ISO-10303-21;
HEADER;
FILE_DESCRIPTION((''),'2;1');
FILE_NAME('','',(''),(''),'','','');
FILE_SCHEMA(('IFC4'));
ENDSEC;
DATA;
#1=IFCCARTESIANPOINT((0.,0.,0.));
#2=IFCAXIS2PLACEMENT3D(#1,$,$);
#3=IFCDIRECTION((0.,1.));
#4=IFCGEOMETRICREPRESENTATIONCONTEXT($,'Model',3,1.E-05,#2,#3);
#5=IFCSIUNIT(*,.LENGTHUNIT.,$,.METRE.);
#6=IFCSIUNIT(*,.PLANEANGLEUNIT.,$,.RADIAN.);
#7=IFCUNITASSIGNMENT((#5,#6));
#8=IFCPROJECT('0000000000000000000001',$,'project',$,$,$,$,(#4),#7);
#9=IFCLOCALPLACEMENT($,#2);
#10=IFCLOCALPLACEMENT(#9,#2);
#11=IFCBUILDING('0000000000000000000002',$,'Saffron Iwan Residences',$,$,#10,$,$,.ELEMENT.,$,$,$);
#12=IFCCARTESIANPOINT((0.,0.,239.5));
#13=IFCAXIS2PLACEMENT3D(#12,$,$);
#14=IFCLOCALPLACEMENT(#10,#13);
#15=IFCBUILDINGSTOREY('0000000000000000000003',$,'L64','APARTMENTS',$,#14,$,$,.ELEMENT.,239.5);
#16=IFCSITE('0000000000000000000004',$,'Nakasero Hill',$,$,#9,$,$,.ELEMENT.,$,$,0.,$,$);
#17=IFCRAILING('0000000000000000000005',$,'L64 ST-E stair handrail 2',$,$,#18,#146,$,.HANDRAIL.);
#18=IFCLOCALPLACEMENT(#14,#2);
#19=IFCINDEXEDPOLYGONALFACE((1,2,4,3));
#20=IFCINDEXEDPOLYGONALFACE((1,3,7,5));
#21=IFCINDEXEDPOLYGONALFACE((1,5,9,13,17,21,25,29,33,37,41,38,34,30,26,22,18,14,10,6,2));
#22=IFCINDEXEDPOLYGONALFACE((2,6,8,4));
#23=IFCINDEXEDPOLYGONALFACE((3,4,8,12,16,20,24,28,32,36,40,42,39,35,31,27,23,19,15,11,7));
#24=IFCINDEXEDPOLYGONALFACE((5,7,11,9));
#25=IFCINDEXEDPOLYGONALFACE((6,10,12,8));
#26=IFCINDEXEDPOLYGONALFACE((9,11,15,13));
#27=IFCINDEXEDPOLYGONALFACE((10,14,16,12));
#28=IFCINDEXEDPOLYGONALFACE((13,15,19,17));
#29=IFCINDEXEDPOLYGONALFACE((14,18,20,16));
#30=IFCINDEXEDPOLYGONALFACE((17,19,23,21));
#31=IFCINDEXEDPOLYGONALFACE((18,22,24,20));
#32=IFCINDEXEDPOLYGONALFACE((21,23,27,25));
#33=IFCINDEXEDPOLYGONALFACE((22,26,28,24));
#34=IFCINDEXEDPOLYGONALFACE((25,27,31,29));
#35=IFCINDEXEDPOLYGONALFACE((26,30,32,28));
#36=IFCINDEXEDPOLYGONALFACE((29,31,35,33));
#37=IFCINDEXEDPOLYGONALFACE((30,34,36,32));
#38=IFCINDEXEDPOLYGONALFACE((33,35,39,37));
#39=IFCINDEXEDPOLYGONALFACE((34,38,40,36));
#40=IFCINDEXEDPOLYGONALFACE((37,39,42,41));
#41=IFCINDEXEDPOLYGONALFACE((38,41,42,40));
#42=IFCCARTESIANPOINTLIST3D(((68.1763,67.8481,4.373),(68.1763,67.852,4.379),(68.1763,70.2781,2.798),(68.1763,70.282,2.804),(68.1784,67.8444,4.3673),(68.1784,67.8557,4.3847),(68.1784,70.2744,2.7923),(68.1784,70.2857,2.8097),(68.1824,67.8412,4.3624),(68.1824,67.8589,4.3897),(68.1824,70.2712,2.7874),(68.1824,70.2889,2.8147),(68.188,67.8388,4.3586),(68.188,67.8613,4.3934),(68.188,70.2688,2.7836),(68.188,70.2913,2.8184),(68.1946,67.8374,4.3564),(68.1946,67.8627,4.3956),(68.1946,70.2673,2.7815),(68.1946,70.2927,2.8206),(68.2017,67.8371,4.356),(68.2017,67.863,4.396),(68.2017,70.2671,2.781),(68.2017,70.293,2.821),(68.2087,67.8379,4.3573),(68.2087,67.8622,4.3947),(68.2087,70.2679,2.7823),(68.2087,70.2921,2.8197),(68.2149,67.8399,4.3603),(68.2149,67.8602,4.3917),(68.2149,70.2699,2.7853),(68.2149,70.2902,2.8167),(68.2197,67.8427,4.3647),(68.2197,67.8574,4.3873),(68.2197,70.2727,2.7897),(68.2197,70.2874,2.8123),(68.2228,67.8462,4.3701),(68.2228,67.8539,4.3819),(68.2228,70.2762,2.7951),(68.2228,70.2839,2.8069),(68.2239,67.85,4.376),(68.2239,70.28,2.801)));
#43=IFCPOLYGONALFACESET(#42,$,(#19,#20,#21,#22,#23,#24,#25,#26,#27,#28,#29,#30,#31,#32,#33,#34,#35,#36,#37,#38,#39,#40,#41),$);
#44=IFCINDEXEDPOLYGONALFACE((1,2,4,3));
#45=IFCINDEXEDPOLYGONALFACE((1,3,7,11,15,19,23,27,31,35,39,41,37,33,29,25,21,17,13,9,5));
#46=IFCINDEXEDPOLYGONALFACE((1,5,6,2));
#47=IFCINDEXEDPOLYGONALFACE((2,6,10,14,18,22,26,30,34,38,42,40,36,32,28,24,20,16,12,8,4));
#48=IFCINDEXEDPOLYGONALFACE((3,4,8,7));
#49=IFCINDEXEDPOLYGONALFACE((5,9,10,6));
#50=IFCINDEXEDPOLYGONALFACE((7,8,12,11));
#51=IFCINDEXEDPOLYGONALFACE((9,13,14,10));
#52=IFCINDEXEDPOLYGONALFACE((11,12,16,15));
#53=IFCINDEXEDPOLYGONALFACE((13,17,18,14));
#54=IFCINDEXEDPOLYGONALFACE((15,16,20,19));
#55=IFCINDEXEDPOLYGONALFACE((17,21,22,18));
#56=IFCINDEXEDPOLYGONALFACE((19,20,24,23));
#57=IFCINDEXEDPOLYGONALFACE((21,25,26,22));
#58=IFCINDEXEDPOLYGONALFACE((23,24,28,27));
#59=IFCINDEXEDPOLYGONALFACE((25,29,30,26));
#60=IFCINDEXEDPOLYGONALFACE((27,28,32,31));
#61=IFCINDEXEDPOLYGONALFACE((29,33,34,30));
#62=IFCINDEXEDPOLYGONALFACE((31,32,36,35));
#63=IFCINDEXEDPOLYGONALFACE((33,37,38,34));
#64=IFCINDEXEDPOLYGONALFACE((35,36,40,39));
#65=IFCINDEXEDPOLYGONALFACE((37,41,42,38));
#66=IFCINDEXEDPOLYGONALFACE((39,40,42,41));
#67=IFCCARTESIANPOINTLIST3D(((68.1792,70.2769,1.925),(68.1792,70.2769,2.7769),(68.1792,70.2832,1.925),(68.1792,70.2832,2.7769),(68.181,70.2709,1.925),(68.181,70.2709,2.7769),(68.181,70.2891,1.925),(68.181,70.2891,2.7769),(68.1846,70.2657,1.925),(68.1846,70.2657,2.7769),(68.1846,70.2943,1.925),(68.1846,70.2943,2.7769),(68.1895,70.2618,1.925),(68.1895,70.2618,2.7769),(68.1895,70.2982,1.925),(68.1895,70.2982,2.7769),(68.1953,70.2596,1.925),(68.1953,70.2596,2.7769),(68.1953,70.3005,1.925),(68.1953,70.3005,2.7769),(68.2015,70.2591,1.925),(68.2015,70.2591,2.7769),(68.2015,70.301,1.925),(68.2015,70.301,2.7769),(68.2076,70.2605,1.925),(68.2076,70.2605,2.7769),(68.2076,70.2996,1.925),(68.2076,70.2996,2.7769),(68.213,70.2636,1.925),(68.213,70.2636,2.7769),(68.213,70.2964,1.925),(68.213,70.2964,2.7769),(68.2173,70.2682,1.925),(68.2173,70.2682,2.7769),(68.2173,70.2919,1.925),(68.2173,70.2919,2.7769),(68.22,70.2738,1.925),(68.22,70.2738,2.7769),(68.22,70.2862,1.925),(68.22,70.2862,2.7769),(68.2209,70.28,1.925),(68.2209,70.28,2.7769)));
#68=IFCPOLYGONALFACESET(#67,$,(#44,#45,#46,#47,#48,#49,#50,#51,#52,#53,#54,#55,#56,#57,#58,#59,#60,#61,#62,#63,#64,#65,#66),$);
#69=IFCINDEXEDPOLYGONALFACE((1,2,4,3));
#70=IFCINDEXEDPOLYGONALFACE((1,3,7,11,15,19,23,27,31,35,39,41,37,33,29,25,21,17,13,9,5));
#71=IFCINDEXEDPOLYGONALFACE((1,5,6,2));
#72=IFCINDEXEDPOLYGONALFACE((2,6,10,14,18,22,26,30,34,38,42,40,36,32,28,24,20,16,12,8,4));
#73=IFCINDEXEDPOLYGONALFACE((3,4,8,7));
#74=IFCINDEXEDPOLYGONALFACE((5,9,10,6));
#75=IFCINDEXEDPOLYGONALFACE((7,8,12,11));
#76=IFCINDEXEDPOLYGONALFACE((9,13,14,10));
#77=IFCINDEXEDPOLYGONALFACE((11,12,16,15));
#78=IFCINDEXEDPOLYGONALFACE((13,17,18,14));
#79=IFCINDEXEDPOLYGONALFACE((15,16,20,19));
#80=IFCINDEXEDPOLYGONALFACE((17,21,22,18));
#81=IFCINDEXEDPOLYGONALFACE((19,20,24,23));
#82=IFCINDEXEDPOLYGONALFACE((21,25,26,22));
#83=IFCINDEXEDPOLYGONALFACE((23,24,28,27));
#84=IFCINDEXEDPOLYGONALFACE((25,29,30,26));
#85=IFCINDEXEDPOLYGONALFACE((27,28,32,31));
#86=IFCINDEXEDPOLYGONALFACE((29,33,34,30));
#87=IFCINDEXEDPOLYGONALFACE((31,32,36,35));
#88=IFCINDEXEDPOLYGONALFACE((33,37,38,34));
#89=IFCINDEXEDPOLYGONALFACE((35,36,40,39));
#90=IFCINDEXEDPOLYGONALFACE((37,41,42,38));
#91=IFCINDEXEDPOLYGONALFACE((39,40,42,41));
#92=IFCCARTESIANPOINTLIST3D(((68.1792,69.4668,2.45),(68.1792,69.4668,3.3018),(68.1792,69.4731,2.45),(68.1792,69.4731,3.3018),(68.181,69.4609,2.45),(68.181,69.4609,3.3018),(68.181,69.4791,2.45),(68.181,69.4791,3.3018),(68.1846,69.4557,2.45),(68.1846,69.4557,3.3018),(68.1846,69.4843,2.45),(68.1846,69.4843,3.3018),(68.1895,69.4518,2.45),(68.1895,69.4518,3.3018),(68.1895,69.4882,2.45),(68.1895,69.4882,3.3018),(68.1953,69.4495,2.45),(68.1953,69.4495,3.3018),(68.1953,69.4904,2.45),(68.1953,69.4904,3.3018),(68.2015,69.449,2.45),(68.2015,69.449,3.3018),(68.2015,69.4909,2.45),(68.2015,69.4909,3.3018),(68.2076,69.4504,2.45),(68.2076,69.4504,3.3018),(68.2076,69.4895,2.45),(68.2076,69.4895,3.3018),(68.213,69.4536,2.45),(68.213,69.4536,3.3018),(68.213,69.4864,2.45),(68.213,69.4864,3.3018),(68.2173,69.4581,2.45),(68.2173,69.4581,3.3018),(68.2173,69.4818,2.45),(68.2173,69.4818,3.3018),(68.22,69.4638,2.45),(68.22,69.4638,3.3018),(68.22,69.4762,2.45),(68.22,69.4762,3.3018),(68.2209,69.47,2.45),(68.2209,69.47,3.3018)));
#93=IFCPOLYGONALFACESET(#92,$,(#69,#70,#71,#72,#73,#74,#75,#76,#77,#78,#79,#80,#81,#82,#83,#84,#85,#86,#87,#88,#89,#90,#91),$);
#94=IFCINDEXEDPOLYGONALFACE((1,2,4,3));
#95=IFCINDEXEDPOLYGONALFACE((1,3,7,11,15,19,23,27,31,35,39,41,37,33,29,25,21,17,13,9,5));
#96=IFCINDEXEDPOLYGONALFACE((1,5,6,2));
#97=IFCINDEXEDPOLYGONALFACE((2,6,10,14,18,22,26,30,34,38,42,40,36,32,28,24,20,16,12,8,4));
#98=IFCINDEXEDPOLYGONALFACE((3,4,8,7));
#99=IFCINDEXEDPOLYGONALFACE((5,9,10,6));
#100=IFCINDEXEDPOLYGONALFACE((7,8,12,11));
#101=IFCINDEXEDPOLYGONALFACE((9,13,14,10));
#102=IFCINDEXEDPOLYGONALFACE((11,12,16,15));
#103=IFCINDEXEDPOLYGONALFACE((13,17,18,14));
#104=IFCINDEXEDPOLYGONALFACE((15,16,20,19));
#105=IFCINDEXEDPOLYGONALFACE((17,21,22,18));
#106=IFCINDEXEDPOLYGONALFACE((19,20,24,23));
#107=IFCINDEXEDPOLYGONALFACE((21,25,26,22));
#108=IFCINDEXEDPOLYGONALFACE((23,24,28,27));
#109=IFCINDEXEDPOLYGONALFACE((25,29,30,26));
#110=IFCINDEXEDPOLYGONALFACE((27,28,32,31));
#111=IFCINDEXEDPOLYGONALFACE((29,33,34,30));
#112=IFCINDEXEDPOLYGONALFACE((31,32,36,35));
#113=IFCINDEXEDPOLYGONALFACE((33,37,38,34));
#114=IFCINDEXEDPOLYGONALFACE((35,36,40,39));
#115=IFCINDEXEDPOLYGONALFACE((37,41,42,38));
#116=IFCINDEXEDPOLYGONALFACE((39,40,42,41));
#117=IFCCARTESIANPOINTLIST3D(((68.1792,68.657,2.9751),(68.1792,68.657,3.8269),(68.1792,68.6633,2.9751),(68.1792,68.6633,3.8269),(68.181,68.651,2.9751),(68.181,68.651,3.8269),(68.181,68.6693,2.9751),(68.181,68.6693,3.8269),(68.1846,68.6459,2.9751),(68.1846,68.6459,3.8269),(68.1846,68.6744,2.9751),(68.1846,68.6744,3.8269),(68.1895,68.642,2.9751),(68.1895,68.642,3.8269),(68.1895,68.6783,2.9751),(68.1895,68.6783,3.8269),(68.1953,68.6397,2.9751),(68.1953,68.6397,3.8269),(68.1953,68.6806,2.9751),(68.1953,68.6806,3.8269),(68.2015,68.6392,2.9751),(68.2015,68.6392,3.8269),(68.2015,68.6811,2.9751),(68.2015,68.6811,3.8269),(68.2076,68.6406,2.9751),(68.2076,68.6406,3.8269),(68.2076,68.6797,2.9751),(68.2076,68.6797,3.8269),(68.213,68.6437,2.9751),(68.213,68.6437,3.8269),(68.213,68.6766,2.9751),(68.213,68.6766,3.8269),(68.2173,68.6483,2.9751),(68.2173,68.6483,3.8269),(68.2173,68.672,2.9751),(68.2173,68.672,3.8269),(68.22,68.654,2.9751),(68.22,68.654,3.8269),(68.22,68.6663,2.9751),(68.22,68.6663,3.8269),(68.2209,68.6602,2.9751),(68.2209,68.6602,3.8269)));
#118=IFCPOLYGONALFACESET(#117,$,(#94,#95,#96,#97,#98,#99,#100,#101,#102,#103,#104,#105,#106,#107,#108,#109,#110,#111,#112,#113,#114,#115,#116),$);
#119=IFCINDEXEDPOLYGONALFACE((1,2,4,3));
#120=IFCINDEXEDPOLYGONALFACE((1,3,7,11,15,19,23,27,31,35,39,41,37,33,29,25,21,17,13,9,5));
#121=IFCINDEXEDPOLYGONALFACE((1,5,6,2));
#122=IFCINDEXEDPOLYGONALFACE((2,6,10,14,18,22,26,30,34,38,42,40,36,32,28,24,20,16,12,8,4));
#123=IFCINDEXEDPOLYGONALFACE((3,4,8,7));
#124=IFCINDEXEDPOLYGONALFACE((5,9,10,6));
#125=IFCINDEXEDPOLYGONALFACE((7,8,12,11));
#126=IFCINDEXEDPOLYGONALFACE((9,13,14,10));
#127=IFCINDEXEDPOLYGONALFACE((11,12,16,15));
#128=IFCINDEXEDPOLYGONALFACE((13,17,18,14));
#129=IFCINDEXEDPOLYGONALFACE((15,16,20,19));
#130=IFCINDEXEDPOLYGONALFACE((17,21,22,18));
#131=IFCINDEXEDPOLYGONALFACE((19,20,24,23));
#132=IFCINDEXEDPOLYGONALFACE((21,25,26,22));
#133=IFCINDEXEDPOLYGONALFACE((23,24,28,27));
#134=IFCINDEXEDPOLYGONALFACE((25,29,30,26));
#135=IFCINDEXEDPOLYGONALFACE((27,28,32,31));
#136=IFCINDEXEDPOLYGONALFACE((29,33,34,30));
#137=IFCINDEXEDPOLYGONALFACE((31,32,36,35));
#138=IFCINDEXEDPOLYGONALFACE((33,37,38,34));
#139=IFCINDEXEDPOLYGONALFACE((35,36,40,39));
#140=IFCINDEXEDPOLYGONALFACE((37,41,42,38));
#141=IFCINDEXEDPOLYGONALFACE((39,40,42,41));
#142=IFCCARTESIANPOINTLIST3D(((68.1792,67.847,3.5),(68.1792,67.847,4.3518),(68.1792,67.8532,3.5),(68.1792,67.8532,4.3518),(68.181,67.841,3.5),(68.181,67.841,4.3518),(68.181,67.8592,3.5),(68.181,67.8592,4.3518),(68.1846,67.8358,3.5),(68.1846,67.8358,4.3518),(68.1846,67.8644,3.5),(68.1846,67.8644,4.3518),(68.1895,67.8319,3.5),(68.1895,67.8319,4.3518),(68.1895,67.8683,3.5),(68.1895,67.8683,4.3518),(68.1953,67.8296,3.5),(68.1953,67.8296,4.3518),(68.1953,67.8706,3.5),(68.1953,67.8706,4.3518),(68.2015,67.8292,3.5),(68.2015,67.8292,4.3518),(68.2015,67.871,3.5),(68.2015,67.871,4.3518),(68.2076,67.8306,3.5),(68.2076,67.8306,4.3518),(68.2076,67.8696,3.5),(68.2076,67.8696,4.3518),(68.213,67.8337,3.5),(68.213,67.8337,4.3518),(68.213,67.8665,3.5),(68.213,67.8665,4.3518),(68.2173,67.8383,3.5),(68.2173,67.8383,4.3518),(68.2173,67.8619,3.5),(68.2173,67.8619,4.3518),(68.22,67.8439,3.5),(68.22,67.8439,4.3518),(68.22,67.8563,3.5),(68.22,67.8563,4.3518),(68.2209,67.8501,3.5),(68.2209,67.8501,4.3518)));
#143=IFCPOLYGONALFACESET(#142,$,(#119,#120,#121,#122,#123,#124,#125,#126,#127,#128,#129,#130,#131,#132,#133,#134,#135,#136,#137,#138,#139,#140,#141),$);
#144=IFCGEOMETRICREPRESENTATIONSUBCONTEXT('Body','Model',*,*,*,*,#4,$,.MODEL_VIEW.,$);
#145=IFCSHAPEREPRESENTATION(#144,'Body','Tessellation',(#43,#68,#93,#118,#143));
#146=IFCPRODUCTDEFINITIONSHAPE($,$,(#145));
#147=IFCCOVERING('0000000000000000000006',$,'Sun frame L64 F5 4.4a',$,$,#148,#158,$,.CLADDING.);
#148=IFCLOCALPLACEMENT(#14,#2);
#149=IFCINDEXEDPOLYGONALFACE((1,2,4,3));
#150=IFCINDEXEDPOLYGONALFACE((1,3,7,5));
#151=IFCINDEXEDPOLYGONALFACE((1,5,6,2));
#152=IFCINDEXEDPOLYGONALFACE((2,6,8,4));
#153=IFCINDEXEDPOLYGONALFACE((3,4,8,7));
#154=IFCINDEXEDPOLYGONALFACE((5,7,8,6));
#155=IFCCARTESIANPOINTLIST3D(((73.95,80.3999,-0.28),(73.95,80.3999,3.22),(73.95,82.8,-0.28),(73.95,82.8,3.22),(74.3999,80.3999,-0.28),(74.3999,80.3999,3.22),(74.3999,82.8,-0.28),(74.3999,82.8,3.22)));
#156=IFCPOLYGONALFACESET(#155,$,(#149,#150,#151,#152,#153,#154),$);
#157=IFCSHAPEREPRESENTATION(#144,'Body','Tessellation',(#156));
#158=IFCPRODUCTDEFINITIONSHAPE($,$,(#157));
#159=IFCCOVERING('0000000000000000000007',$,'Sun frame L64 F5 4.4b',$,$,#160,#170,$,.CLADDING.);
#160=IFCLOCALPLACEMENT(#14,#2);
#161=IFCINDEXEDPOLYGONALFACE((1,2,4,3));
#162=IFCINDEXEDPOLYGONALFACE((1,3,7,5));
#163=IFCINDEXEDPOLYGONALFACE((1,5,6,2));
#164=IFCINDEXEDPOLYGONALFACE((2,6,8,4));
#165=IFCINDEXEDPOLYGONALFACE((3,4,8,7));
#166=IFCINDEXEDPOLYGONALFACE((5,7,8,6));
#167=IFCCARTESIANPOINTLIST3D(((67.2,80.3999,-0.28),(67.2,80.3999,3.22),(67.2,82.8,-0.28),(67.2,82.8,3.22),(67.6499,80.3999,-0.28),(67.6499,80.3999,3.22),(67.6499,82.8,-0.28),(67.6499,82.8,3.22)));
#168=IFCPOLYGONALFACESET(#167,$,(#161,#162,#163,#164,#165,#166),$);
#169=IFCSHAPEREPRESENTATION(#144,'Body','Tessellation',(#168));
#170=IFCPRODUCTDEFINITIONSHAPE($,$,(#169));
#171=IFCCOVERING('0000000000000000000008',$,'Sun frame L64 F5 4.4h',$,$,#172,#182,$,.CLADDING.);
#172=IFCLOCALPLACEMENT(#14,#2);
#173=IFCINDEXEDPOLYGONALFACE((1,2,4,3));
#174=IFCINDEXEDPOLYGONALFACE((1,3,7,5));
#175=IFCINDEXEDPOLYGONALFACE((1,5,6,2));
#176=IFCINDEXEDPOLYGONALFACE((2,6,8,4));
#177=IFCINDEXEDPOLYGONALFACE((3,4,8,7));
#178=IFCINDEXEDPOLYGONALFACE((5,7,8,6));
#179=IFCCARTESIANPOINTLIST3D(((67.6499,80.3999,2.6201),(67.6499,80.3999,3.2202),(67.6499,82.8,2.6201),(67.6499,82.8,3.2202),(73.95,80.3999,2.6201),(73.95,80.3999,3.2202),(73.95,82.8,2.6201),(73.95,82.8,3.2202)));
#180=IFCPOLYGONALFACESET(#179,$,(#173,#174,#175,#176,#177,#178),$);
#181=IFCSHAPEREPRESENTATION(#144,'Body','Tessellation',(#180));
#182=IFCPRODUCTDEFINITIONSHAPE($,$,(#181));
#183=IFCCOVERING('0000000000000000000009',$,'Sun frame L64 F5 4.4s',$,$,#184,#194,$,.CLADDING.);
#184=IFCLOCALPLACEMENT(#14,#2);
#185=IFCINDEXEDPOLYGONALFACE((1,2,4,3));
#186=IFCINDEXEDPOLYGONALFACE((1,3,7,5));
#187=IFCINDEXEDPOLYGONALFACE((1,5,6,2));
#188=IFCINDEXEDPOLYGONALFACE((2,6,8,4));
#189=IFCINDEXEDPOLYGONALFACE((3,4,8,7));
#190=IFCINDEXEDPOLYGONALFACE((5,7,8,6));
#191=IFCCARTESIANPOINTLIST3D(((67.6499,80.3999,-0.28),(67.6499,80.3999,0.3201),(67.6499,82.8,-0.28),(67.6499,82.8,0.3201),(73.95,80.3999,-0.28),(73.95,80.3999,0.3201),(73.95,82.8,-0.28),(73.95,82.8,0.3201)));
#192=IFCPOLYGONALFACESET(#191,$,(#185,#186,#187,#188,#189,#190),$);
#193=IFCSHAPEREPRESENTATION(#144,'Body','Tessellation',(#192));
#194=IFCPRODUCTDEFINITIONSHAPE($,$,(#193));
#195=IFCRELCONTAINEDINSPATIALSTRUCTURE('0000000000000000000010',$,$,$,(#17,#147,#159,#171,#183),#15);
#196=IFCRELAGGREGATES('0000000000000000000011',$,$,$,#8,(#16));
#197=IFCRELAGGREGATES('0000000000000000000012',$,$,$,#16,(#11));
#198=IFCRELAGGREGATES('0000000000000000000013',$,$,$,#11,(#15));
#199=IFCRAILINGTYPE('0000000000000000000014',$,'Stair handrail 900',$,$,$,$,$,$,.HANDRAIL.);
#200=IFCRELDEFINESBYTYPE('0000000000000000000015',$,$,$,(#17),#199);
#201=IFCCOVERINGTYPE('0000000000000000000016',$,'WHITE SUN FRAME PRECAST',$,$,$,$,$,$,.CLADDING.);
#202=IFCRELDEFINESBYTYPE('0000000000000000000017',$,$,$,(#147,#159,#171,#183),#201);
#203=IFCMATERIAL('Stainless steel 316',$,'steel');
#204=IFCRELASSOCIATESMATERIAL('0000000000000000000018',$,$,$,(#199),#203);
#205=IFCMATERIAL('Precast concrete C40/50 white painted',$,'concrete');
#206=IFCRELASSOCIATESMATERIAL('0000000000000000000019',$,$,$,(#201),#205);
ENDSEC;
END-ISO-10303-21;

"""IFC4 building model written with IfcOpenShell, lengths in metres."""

from ifc_helpers import new_model, si_unit, direction, frame, origin, origin_2d, place, context, subcontext, project, spatial, polyline, circle, outline, extrude, material, type_object, element, save


model = new_model("IFC4")

# Units and contexts
model_context = context("Model", 3, precision=1e-05, world=origin(), true_north=direction((0.0, 1.0)))
body_context = subcontext(model_context, "Body", "Model", "MODEL_VIEW")
ifc_project = project(units=[si_unit("LENGTHUNIT", "METRE"), si_unit("PLANEANGLEUNIT", "RADIAN")], contexts=[model_context])

# Site, building, storey
site_placement = place(None, origin())
site = spatial("IfcSite", under=ifc_project, at=site_placement, Name="Nakasero Hill", CompositionType="ELEMENT", RefElevation=0.0)
building_placement = place(site_placement, origin())
building = spatial("IfcBuilding", under=site, at=building_placement, Name="Saffron Iwan Residences", CompositionType="ELEMENT")
storey_placement = place(building_placement, frame((0.0, 0.0, 239.5)))
storey = spatial("IfcBuildingStorey", under=building, at=storey_placement, Name="L64", Description="APARTMENTS", CompositionType="ELEMENT", Elevation=239.5)

# Railing
ifc_material_1 = material(Name="Stainless steel 316", Category="steel")
railing_type = type_object("IfcRailingType", Name="Stair handrail 900", PredefinedType="HANDRAIL", material=ifc_material_1)
railing_placement = place(storey_placement, frame((68.2, 70.28, 1.925)))
element("IfcRailing", 1, at=railing_placement, inside=storey, type_object=railing_type, Name="L64 ST-E stair handrail 2", PredefinedType="HANDRAIL", context=body_context, shape_type="SweptSolid", body=[
    extrude(circle(Radius=0.0239, at=origin_2d()), frame((0.0, 0.0, 0.876), z_axis=(0.0, -0.839154, 0.543894), x_axis=(1.0, 0.0, 0.0)), (0.0, 0.0, 1.0), 2.8958),
    extrude(circle(Radius=0.021, at=origin_2d()), origin(), (0.0, 0.0, 1.0), 0.8518),
    extrude(circle(Radius=0.021, at=origin_2d()), frame((0.0, -0.8101, 0.5249)), (0.0, 0.0, 1.0), 0.8518),
    extrude(circle(Radius=0.021, at=origin_2d()), frame((0.0, -1.6199, 1.05)), (0.0, 0.0, 1.0), 0.8518),
    extrude(circle(Radius=0.021, at=origin_2d()), frame((0.0, -2.4299, 1.575)), (0.0, 0.0, 1.0), 0.8518),
])

# Coverings
ifc_material_2 = material(Name="Precast concrete C40/50 white painted", Category="concrete")
covering_type = type_object("IfcCoveringType", Name="WHITE SUN FRAME PRECAST", PredefinedType="CLADDING", material=ifc_material_2)
for number, where, z_axis, x_axis, name in (
    (2, (74.3999, 80.3999, -0.28), (0.0, 1.0, 0.0), (-1.0, 0.0, 0.0), "Sun frame L64 F5 4.4a"),
    (3, (67.6499, 80.3999, -0.28), (0.0, 1.0, 0.0), (-1.0, 0.0, 0.0), "Sun frame L64 F5 4.4b"),
):
    element("IfcCovering", number, at=place(storey_placement, frame(where, z_axis=z_axis, x_axis=x_axis)), inside=storey, type_object=covering_type, Name=name, PredefinedType="CLADDING", context=body_context, shape_type="SweptSolid", body=[
        extrude(outline(polyline([(0.0, 0.0), (0.45, 0.0), (0.45, 3.5), (0.0, 3.5), (0.0, 0.0)])), origin(), (0.0, 0.0, 1.0), 2.4001),
    ])
for number, where, z_axis, x_axis, name in (
    (4, (73.95, 80.3999, 2.6201), (0.0, 1.0, 0.0), (-1.0, 0.0, 0.0), "Sun frame L64 F5 4.4h"),
    (5, (73.95, 80.3999, -0.28), (0.0, 1.0, 0.0), (-1.0, 0.0, 0.0), "Sun frame L64 F5 4.4s"),
):
    element("IfcCovering", number, at=place(storey_placement, frame(where, z_axis=z_axis, x_axis=x_axis)), inside=storey, type_object=covering_type, Name=name, PredefinedType="CLADDING", context=body_context, shape_type="SweptSolid", body=[
        extrude(outline(polyline([(0.0, 0.0), (6.3, 0.0), (6.3, 0.6001), (0.0, 0.6001), (0.0, 0.0)])), origin(), (0.0, 0.0, 1.0), 2.4001),
    ])

save(model, "model.ifc")
